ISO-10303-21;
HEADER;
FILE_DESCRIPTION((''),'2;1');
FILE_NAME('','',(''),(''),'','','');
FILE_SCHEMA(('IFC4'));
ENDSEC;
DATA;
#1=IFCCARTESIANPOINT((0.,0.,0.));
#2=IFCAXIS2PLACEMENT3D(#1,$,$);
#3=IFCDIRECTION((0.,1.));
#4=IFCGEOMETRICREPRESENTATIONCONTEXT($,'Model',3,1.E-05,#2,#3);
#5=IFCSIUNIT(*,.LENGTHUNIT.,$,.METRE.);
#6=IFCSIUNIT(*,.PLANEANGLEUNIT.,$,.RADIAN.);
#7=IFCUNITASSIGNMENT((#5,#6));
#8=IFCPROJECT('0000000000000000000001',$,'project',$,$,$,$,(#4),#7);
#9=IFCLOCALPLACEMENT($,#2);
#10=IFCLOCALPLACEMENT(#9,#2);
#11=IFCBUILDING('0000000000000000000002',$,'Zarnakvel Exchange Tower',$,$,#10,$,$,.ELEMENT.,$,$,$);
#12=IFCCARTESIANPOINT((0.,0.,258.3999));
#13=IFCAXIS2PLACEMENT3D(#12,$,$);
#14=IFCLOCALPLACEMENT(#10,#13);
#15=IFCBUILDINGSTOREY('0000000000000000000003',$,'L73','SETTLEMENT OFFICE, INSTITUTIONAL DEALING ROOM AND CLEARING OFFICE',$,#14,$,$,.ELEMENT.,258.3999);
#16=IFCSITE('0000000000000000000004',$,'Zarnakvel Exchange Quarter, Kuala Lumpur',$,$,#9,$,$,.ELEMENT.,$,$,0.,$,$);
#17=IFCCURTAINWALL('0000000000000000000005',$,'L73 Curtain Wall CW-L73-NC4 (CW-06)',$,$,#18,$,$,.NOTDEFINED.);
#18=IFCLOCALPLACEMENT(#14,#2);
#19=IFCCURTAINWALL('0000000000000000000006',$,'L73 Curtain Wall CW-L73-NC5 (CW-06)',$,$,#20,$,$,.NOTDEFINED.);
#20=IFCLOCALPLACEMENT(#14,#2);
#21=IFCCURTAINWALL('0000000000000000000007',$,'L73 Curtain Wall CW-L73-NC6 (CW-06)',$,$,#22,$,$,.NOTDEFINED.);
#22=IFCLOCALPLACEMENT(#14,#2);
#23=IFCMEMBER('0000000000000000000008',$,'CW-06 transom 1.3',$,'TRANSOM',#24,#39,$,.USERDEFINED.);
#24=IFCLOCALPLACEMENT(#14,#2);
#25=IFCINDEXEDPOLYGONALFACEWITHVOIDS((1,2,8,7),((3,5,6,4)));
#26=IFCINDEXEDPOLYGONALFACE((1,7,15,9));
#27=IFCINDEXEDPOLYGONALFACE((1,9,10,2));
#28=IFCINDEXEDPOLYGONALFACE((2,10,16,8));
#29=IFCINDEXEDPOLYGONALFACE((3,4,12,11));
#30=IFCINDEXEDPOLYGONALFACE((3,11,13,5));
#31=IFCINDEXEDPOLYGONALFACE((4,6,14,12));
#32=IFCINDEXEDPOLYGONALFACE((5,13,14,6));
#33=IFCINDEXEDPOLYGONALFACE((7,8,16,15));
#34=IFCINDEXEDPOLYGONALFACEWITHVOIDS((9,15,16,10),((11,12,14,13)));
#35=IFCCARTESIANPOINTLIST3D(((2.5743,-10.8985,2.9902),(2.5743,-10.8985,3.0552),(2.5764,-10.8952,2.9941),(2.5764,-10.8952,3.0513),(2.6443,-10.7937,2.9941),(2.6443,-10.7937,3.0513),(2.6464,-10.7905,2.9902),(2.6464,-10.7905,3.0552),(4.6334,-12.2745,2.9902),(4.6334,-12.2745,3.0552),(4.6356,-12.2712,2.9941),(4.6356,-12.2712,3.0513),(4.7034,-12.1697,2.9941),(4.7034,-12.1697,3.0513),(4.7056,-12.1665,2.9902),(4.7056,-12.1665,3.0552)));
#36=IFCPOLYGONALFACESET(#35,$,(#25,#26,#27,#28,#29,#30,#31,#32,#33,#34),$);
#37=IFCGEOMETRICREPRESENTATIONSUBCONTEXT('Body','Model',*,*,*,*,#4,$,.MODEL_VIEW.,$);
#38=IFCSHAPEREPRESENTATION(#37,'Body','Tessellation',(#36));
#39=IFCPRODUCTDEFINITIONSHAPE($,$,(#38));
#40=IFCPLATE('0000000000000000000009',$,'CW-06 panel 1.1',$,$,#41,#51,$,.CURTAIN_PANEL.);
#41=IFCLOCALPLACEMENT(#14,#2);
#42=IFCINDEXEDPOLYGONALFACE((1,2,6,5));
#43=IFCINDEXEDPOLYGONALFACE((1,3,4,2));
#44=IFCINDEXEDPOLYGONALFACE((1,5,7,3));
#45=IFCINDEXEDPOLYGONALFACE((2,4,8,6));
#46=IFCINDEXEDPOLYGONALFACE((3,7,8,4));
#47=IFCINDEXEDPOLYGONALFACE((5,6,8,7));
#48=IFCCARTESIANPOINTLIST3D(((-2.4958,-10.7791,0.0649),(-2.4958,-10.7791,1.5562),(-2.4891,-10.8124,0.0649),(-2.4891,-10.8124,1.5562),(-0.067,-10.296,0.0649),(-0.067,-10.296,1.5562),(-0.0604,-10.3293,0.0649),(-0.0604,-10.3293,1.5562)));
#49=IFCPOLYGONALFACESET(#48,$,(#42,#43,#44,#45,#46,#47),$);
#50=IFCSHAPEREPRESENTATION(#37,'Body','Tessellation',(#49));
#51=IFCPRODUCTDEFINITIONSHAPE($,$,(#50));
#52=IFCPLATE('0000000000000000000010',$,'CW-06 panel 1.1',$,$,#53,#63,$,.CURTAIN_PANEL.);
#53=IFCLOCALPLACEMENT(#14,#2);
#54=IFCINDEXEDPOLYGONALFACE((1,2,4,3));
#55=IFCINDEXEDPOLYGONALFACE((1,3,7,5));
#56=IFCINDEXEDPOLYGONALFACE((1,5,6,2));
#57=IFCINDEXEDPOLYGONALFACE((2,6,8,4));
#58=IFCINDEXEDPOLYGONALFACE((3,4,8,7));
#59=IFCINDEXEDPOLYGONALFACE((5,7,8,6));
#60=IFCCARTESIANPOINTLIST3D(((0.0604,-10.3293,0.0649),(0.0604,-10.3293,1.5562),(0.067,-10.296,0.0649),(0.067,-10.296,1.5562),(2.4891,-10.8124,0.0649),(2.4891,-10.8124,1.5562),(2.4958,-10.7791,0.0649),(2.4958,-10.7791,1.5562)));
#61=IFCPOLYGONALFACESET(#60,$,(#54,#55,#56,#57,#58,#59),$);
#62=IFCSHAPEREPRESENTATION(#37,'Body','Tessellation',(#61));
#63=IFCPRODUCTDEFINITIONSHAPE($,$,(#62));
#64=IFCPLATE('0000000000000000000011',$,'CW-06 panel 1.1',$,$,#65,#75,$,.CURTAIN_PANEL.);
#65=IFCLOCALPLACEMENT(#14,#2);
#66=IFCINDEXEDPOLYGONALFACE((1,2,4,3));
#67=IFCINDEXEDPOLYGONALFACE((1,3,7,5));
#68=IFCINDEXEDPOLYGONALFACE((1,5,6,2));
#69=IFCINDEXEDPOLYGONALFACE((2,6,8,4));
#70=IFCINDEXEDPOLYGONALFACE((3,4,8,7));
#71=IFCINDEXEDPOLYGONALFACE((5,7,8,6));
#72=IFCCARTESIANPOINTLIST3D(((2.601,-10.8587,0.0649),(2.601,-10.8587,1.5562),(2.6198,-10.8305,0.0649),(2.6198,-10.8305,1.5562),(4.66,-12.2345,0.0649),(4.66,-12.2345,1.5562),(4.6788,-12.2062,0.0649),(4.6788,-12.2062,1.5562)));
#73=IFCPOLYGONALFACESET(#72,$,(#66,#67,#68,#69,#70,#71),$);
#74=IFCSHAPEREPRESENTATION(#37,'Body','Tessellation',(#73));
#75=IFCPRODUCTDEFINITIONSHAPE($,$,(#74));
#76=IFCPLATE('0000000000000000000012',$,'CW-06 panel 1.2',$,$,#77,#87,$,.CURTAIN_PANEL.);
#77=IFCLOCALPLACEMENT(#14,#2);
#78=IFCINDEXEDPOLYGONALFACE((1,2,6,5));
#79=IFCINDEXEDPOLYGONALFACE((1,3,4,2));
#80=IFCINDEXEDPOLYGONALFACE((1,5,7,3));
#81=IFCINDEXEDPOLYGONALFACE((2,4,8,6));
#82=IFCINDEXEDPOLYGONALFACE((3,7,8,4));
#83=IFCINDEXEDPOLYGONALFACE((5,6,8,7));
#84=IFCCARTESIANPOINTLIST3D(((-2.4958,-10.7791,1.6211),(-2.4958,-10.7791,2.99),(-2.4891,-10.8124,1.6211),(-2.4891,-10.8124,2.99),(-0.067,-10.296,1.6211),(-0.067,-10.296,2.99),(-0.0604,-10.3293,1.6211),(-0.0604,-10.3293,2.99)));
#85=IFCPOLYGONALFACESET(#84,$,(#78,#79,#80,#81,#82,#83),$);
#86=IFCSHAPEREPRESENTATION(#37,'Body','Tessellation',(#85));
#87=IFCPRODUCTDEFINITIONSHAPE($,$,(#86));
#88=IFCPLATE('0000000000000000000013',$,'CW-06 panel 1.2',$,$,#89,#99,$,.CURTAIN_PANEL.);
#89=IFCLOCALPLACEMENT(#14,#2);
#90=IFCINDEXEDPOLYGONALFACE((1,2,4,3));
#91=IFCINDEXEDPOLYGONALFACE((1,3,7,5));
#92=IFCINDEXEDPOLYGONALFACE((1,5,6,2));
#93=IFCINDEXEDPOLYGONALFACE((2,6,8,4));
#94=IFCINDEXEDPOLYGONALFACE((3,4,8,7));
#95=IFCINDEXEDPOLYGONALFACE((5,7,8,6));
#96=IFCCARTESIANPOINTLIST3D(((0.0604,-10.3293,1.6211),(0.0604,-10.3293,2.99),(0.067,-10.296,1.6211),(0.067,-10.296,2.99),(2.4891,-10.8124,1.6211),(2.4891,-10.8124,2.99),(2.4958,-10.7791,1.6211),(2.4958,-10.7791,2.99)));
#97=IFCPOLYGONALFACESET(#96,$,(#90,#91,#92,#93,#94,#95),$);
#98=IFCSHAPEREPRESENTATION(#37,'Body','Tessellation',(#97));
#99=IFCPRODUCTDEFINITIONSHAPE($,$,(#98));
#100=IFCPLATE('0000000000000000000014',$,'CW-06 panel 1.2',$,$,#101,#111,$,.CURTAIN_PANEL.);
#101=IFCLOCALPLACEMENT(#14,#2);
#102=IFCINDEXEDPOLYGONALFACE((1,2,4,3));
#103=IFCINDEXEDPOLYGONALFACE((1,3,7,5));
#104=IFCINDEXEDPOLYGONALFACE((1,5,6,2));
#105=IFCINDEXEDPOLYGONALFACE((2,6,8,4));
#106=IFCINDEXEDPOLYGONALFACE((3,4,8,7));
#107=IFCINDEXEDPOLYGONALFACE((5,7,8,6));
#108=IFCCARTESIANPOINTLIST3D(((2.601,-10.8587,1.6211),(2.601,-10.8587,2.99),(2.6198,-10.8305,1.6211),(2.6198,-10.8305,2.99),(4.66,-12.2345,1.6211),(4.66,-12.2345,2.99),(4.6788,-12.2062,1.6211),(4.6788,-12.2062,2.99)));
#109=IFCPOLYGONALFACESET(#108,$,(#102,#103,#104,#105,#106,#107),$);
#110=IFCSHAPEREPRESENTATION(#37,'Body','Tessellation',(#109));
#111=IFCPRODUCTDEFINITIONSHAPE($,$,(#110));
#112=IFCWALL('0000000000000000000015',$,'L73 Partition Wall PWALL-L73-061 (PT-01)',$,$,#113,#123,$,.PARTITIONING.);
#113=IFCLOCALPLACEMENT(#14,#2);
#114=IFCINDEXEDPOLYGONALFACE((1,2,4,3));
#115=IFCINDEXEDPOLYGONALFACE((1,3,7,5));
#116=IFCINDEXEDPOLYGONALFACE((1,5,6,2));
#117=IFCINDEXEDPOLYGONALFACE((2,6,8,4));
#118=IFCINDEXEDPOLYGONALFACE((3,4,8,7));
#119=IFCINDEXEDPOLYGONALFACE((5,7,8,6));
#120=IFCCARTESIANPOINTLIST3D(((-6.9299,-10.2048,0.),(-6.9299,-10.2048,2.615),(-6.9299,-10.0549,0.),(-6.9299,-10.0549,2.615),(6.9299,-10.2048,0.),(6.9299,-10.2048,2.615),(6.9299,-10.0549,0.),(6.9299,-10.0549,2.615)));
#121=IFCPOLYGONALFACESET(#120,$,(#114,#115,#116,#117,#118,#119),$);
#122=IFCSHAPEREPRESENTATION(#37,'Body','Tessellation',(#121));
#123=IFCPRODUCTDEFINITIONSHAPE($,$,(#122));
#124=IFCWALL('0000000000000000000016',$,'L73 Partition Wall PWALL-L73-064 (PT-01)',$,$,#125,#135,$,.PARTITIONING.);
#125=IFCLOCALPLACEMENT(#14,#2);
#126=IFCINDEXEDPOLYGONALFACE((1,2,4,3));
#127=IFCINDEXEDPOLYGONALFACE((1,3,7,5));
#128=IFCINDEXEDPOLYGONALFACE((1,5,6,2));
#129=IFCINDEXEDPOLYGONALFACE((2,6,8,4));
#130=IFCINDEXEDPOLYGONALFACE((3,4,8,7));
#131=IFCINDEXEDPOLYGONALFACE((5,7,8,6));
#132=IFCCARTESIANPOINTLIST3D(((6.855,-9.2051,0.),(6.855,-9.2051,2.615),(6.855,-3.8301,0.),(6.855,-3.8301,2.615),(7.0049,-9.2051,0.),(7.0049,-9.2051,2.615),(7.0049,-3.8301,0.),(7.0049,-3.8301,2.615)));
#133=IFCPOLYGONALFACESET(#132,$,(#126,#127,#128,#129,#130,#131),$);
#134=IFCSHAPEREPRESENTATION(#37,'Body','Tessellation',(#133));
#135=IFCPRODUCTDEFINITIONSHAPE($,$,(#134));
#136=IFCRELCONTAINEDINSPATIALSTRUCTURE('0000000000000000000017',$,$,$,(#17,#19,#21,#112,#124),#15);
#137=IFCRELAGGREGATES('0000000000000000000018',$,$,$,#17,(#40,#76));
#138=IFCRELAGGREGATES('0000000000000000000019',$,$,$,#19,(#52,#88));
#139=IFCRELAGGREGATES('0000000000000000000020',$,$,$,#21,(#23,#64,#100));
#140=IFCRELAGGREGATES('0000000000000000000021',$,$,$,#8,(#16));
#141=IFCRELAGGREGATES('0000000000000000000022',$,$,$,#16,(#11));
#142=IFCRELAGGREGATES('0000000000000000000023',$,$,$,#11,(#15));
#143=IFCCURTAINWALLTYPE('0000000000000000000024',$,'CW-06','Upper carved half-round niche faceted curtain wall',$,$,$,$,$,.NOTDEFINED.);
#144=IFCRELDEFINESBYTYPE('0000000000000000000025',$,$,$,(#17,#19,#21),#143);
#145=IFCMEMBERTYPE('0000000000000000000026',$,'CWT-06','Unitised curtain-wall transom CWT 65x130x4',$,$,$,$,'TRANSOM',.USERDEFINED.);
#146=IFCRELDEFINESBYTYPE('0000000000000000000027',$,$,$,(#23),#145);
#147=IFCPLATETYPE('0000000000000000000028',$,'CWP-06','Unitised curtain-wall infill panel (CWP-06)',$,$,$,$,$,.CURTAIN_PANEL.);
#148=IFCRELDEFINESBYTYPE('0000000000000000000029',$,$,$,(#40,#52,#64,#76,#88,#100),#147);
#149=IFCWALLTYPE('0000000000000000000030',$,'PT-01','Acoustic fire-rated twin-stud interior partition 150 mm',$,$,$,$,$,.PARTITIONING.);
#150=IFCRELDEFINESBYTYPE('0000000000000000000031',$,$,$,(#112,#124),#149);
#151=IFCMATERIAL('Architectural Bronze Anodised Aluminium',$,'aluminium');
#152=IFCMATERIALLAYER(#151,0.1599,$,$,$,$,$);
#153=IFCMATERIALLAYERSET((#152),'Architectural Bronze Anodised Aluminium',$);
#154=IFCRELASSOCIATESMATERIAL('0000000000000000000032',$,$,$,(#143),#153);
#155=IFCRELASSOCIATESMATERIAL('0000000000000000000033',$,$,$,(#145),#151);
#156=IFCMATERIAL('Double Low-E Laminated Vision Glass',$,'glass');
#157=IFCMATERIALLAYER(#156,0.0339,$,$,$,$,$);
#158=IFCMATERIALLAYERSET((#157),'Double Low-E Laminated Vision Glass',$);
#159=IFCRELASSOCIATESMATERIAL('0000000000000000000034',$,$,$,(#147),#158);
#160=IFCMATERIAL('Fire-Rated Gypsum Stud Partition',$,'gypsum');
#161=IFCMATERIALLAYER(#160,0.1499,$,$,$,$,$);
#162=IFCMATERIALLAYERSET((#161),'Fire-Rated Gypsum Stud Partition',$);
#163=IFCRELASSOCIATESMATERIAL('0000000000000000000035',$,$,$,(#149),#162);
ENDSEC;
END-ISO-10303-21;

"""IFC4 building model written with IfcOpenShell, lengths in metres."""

from ifc_helpers import new_model, si_unit, direction, frame, frame_2d, origin, origin_2d, place, context, subcontext, project, spatial, rectangle, hollow_rectangle, extrude, source, transform, mapped, material, layer, layer_set, material_profile, profile_set, type_object, element, aggregate, save


model = new_model("IFC4")

# Units and contexts
model_context = context("Model", 3, precision=1e-05, world=origin(), true_north=direction((0.0, 1.0)))
body_context = subcontext(model_context, "Body", "Model", "MODEL_VIEW")
ifc_project = project(units=[si_unit("LENGTHUNIT", "METRE"), si_unit("PLANEANGLEUNIT", "RADIAN")], contexts=[model_context])

# Site, building, storey
site_placement = place(None, origin())
site = spatial("IfcSite", under=ifc_project, at=site_placement, Name="Zarnakvel Exchange Quarter, Kuala Lumpur", CompositionType="ELEMENT", RefElevation=0.0)
building_placement = place(site_placement, origin())
building = spatial("IfcBuilding", under=site, at=building_placement, Name="Zarnakvel Exchange Tower", CompositionType="ELEMENT")
storey_placement = place(building_placement, frame((0.0, 0.0, 258.3999)))
storey = spatial("IfcBuildingStorey", under=building, at=storey_placement, Name="L73", Description="SETTLEMENT OFFICE, INSTITUTIONAL DEALING ROOM AND CLEARING OFFICE", CompositionType="ELEMENT", Elevation=258.3999)

# Curtain wall
ifc_material_1 = material(Name="Architectural Bronze Anodised Aluminium", Category="aluminium")
ifc_layer_1 = layer(ifc_material_1, 0.1599)
ifc_layer_set_1 = layer_set([ifc_layer_1], Name="Architectural Bronze Anodised Aluminium")
curtain_wall_type = type_object("IfcCurtainWallType", Name="CW-06", Description="Upper carved half-round niche faceted curtain wall", PredefinedType="NOTDEFINED", material=ifc_layer_set_1)
curtain_wall_1_placement = place(storey_placement, origin())
curtain_wall_1 = element("IfcCurtainWall", 1, at=curtain_wall_1_placement, inside=storey, type_object=curtain_wall_type, Name="L73 Curtain Wall CW-L73-NC4 (CW-06)", PredefinedType="NOTDEFINED")

# Curtain walls
curtain_wall_2_placement = place(storey_placement, origin())
curtain_wall_2 = element("IfcCurtainWall", 2, at=curtain_wall_2_placement, inside=storey, type_object=curtain_wall_type, Name="L73 Curtain Wall CW-L73-NC5 (CW-06)", PredefinedType="NOTDEFINED")
curtain_wall_3_placement = place(storey_placement, origin())
curtain_wall_3 = element("IfcCurtainWall", 3, at=curtain_wall_3_placement, inside=storey, type_object=curtain_wall_type, Name="L73 Curtain Wall CW-L73-NC6 (CW-06)", PredefinedType="NOTDEFINED")

# Member
ifc_material_profile_1 = material_profile(ifc_material_1, hollow_rectangle(XDim=0.1299, YDim=0.0649, WallThickness=0.0039, at=origin_2d()))
ifc_profile_set_1 = profile_set([ifc_material_profile_1], Name="Architectural Bronze Anodised Aluminium")
member_type_1 = type_object("IfcMemberType", Name="CWT-06", Description="Unitised curtain-wall transom CWT 65x130x4", ElementType="TRANSOM", PredefinedType="USERDEFINED", material=ifc_profile_set_1)
shared_shape_1 = source(origin(), body_context, "Body", "SweptSolid", [
    extrude(hollow_rectangle(XDim=0.1299, YDim=0.0649, WallThickness=0.0039, at=origin_2d()), origin(), (0.0, 0.0, 1.0), 2.4766),
])
member_1_placement = place(storey_placement, frame((2.6104, -10.8445, 3.0227), z_axis=(0.831443, -0.55561, 0.0), x_axis=(0.55561, 0.831443, 0.0)))
member_1 = element("IfcMember", 4, at=member_1_placement, type_object=member_type_1, Name="CW-06 transom 1.3", ObjectType="TRANSOM", PredefinedType="USERDEFINED", context=body_context, shape_type="MappedRepresentation", body=[
    mapped(shared_shape_1, transform((0.0, 0.0, 0.0), x_axis=(1.0, 0.0, 0.0), y_axis=(0.0, 1.0, 0.0), z_axis=(0.0, 0.0, 1.0), scale=1.0)),
])

# Plates
ifc_material_2 = material(Name="Double Low-E Laminated Vision Glass", Category="glass")
ifc_layer_2 = layer(ifc_material_2, 0.0339)
ifc_layer_set_2 = layer_set([ifc_layer_2], Name="Double Low-E Laminated Vision Glass")
plate_type = type_object("IfcPlateType", Name="CWP-06", Description="Unitised curtain-wall infill panel (CWP-06)", PredefinedType="CURTAIN_PANEL", material=ifc_layer_set_2)
shared_shape_2 = source(origin(), body_context, "Body", "SweptSolid", [
    extrude(rectangle(XDim=2.4763, YDim=0.0339, at=origin_2d()), origin(), (0.0, 0.0, 1.0), 1.4912),
])
plate_1_placement = place(storey_placement, frame((-1.2781, -10.5542, 0.0649), z_axis=(0.0, 0.0, 1.0), x_axis=(0.980785, 0.19509, 0.0)))
plate_1 = element("IfcPlate", 5, at=plate_1_placement, type_object=plate_type, Name="CW-06 panel 1.1", PredefinedType="CURTAIN_PANEL", context=body_context, shape_type="MappedRepresentation", body=[
    mapped(shared_shape_2, transform((0.0, 0.0, 0.0), x_axis=(1.0, 0.0, 0.0), y_axis=(0.0, 1.0, 0.0), z_axis=(0.0, 0.0, 1.0), scale=1.0)),
])
plate_2_placement = place(storey_placement, frame((1.2781, -10.5542, 0.0649), z_axis=(0.0, 0.0, 1.0), x_axis=(0.980785, -0.19509, 0.0)))
plate_2 = element("IfcPlate", 6, at=plate_2_placement, type_object=plate_type, Name="CW-06 panel 1.1", PredefinedType="CURTAIN_PANEL", context=body_context, shape_type="MappedRepresentation", body=[
    mapped(shared_shape_2, transform((0.0, 0.0, 0.0), x_axis=(1.0, 0.0, 0.0), y_axis=(0.0, 1.0, 0.0), z_axis=(0.0, 0.0, 1.0), scale=1.0)),
])
plate_3_placement = place(storey_placement, frame((3.6399, -11.5325, 0.0649), z_axis=(0.0, 0.0, 1.0), x_axis=(0.83147, -0.55557, 0.0)))
plate_3 = element("IfcPlate", 7, at=plate_3_placement, type_object=plate_type, Name="CW-06 panel 1.1", PredefinedType="CURTAIN_PANEL", context=body_context, shape_type="MappedRepresentation", body=[
    mapped(shared_shape_2, transform((0.0, 0.0, 0.0), x_axis=(1.0, 0.0, 0.0), y_axis=(0.0, 1.0, 0.0), z_axis=(0.0, 0.0, 1.0), scale=1.0)),
])
shared_shape_3 = source(origin(), body_context, "Body", "SweptSolid", [
    extrude(rectangle(XDim=2.4763, YDim=0.0339, at=origin_2d()), origin(), (0.0, 0.0, 1.0), 1.3689),
])
plate_4_placement = place(storey_placement, frame((-1.2781, -10.5542, 1.6211), z_axis=(0.0, 0.0, 1.0), x_axis=(0.980785, 0.19509, 0.0)))
plate_4 = element("IfcPlate", 8, at=plate_4_placement, type_object=plate_type, Name="CW-06 panel 1.2", PredefinedType="CURTAIN_PANEL", context=body_context, shape_type="MappedRepresentation", body=[
    mapped(shared_shape_3, transform((0.0, 0.0, 0.0), x_axis=(1.0, 0.0, 0.0), y_axis=(0.0, 1.0, 0.0), z_axis=(0.0, 0.0, 1.0), scale=1.0)),
])
aggregate(curtain_wall_1, [plate_1, plate_4])
plate_5_placement = place(storey_placement, frame((1.2781, -10.5542, 1.6211), z_axis=(0.0, 0.0, 1.0), x_axis=(0.980785, -0.19509, 0.0)))
plate_5 = element("IfcPlate", 9, at=plate_5_placement, type_object=plate_type, Name="CW-06 panel 1.2", PredefinedType="CURTAIN_PANEL", context=body_context, shape_type="MappedRepresentation", body=[
    mapped(shared_shape_3, transform((0.0, 0.0, 0.0), x_axis=(1.0, 0.0, 0.0), y_axis=(0.0, 1.0, 0.0), z_axis=(0.0, 0.0, 1.0), scale=1.0)),
])
aggregate(curtain_wall_2, [plate_2, plate_5])
plate_6_placement = place(storey_placement, frame((3.6399, -11.5325, 1.6211), z_axis=(0.0, 0.0, 1.0), x_axis=(0.83147, -0.55557, 0.0)))
plate_6 = element("IfcPlate", 10, at=plate_6_placement, type_object=plate_type, Name="CW-06 panel 1.2", PredefinedType="CURTAIN_PANEL", context=body_context, shape_type="MappedRepresentation", body=[
    mapped(shared_shape_3, transform((0.0, 0.0, 0.0), x_axis=(1.0, 0.0, 0.0), y_axis=(0.0, 1.0, 0.0), z_axis=(0.0, 0.0, 1.0), scale=1.0)),
])
aggregate(curtain_wall_3, [member_1, plate_3, plate_6])

# Walls
ifc_material_3 = material(Name="Fire-Rated Gypsum Stud Partition", Category="gypsum")
ifc_layer_3 = layer(ifc_material_3, 0.1499)
ifc_layer_set_3 = layer_set([ifc_layer_3], Name="Fire-Rated Gypsum Stud Partition")
wall_type = type_object("IfcWallType", Name="PT-01", Description="Acoustic fire-rated twin-stud interior partition 150 mm", PredefinedType="PARTITIONING", material=ifc_layer_set_3)
wall_1_placement = place(storey_placement, frame((6.9299, -10.1299, 0.0), z_axis=(0.0, 0.0, 1.0), x_axis=(-1.0, 0.0, 0.0)))
element("IfcWall", 11, at=wall_1_placement, inside=storey, type_object=wall_type, Name="L73 Partition Wall PWALL-L73-061 (PT-01)", PredefinedType="PARTITIONING", context=body_context, shape_type="SweptSolid", body=[
    extrude(rectangle(XDim=13.8599, YDim=0.1499, at=frame_2d((6.9299, 0.0))), origin(), (0.0, 0.0, 1.0), 2.615),
])
wall_2_placement = place(storey_placement, frame((6.9299, -3.8301, 0.0), z_axis=(0.0, 0.0, 1.0), x_axis=(0.0, -1.0, 0.0)))
element("IfcWall", 12, at=wall_2_placement, inside=storey, type_object=wall_type, Name="L73 Partition Wall PWALL-L73-064 (PT-01)", PredefinedType="PARTITIONING", context=body_context, shape_type="SweptSolid", body=[
    extrude(rectangle(XDim=5.375, YDim=0.1499, at=frame_2d((2.6875, 0.0))), origin(), (0.0, 0.0, 1.0), 2.615),
])

save(model, "model.ifc")
